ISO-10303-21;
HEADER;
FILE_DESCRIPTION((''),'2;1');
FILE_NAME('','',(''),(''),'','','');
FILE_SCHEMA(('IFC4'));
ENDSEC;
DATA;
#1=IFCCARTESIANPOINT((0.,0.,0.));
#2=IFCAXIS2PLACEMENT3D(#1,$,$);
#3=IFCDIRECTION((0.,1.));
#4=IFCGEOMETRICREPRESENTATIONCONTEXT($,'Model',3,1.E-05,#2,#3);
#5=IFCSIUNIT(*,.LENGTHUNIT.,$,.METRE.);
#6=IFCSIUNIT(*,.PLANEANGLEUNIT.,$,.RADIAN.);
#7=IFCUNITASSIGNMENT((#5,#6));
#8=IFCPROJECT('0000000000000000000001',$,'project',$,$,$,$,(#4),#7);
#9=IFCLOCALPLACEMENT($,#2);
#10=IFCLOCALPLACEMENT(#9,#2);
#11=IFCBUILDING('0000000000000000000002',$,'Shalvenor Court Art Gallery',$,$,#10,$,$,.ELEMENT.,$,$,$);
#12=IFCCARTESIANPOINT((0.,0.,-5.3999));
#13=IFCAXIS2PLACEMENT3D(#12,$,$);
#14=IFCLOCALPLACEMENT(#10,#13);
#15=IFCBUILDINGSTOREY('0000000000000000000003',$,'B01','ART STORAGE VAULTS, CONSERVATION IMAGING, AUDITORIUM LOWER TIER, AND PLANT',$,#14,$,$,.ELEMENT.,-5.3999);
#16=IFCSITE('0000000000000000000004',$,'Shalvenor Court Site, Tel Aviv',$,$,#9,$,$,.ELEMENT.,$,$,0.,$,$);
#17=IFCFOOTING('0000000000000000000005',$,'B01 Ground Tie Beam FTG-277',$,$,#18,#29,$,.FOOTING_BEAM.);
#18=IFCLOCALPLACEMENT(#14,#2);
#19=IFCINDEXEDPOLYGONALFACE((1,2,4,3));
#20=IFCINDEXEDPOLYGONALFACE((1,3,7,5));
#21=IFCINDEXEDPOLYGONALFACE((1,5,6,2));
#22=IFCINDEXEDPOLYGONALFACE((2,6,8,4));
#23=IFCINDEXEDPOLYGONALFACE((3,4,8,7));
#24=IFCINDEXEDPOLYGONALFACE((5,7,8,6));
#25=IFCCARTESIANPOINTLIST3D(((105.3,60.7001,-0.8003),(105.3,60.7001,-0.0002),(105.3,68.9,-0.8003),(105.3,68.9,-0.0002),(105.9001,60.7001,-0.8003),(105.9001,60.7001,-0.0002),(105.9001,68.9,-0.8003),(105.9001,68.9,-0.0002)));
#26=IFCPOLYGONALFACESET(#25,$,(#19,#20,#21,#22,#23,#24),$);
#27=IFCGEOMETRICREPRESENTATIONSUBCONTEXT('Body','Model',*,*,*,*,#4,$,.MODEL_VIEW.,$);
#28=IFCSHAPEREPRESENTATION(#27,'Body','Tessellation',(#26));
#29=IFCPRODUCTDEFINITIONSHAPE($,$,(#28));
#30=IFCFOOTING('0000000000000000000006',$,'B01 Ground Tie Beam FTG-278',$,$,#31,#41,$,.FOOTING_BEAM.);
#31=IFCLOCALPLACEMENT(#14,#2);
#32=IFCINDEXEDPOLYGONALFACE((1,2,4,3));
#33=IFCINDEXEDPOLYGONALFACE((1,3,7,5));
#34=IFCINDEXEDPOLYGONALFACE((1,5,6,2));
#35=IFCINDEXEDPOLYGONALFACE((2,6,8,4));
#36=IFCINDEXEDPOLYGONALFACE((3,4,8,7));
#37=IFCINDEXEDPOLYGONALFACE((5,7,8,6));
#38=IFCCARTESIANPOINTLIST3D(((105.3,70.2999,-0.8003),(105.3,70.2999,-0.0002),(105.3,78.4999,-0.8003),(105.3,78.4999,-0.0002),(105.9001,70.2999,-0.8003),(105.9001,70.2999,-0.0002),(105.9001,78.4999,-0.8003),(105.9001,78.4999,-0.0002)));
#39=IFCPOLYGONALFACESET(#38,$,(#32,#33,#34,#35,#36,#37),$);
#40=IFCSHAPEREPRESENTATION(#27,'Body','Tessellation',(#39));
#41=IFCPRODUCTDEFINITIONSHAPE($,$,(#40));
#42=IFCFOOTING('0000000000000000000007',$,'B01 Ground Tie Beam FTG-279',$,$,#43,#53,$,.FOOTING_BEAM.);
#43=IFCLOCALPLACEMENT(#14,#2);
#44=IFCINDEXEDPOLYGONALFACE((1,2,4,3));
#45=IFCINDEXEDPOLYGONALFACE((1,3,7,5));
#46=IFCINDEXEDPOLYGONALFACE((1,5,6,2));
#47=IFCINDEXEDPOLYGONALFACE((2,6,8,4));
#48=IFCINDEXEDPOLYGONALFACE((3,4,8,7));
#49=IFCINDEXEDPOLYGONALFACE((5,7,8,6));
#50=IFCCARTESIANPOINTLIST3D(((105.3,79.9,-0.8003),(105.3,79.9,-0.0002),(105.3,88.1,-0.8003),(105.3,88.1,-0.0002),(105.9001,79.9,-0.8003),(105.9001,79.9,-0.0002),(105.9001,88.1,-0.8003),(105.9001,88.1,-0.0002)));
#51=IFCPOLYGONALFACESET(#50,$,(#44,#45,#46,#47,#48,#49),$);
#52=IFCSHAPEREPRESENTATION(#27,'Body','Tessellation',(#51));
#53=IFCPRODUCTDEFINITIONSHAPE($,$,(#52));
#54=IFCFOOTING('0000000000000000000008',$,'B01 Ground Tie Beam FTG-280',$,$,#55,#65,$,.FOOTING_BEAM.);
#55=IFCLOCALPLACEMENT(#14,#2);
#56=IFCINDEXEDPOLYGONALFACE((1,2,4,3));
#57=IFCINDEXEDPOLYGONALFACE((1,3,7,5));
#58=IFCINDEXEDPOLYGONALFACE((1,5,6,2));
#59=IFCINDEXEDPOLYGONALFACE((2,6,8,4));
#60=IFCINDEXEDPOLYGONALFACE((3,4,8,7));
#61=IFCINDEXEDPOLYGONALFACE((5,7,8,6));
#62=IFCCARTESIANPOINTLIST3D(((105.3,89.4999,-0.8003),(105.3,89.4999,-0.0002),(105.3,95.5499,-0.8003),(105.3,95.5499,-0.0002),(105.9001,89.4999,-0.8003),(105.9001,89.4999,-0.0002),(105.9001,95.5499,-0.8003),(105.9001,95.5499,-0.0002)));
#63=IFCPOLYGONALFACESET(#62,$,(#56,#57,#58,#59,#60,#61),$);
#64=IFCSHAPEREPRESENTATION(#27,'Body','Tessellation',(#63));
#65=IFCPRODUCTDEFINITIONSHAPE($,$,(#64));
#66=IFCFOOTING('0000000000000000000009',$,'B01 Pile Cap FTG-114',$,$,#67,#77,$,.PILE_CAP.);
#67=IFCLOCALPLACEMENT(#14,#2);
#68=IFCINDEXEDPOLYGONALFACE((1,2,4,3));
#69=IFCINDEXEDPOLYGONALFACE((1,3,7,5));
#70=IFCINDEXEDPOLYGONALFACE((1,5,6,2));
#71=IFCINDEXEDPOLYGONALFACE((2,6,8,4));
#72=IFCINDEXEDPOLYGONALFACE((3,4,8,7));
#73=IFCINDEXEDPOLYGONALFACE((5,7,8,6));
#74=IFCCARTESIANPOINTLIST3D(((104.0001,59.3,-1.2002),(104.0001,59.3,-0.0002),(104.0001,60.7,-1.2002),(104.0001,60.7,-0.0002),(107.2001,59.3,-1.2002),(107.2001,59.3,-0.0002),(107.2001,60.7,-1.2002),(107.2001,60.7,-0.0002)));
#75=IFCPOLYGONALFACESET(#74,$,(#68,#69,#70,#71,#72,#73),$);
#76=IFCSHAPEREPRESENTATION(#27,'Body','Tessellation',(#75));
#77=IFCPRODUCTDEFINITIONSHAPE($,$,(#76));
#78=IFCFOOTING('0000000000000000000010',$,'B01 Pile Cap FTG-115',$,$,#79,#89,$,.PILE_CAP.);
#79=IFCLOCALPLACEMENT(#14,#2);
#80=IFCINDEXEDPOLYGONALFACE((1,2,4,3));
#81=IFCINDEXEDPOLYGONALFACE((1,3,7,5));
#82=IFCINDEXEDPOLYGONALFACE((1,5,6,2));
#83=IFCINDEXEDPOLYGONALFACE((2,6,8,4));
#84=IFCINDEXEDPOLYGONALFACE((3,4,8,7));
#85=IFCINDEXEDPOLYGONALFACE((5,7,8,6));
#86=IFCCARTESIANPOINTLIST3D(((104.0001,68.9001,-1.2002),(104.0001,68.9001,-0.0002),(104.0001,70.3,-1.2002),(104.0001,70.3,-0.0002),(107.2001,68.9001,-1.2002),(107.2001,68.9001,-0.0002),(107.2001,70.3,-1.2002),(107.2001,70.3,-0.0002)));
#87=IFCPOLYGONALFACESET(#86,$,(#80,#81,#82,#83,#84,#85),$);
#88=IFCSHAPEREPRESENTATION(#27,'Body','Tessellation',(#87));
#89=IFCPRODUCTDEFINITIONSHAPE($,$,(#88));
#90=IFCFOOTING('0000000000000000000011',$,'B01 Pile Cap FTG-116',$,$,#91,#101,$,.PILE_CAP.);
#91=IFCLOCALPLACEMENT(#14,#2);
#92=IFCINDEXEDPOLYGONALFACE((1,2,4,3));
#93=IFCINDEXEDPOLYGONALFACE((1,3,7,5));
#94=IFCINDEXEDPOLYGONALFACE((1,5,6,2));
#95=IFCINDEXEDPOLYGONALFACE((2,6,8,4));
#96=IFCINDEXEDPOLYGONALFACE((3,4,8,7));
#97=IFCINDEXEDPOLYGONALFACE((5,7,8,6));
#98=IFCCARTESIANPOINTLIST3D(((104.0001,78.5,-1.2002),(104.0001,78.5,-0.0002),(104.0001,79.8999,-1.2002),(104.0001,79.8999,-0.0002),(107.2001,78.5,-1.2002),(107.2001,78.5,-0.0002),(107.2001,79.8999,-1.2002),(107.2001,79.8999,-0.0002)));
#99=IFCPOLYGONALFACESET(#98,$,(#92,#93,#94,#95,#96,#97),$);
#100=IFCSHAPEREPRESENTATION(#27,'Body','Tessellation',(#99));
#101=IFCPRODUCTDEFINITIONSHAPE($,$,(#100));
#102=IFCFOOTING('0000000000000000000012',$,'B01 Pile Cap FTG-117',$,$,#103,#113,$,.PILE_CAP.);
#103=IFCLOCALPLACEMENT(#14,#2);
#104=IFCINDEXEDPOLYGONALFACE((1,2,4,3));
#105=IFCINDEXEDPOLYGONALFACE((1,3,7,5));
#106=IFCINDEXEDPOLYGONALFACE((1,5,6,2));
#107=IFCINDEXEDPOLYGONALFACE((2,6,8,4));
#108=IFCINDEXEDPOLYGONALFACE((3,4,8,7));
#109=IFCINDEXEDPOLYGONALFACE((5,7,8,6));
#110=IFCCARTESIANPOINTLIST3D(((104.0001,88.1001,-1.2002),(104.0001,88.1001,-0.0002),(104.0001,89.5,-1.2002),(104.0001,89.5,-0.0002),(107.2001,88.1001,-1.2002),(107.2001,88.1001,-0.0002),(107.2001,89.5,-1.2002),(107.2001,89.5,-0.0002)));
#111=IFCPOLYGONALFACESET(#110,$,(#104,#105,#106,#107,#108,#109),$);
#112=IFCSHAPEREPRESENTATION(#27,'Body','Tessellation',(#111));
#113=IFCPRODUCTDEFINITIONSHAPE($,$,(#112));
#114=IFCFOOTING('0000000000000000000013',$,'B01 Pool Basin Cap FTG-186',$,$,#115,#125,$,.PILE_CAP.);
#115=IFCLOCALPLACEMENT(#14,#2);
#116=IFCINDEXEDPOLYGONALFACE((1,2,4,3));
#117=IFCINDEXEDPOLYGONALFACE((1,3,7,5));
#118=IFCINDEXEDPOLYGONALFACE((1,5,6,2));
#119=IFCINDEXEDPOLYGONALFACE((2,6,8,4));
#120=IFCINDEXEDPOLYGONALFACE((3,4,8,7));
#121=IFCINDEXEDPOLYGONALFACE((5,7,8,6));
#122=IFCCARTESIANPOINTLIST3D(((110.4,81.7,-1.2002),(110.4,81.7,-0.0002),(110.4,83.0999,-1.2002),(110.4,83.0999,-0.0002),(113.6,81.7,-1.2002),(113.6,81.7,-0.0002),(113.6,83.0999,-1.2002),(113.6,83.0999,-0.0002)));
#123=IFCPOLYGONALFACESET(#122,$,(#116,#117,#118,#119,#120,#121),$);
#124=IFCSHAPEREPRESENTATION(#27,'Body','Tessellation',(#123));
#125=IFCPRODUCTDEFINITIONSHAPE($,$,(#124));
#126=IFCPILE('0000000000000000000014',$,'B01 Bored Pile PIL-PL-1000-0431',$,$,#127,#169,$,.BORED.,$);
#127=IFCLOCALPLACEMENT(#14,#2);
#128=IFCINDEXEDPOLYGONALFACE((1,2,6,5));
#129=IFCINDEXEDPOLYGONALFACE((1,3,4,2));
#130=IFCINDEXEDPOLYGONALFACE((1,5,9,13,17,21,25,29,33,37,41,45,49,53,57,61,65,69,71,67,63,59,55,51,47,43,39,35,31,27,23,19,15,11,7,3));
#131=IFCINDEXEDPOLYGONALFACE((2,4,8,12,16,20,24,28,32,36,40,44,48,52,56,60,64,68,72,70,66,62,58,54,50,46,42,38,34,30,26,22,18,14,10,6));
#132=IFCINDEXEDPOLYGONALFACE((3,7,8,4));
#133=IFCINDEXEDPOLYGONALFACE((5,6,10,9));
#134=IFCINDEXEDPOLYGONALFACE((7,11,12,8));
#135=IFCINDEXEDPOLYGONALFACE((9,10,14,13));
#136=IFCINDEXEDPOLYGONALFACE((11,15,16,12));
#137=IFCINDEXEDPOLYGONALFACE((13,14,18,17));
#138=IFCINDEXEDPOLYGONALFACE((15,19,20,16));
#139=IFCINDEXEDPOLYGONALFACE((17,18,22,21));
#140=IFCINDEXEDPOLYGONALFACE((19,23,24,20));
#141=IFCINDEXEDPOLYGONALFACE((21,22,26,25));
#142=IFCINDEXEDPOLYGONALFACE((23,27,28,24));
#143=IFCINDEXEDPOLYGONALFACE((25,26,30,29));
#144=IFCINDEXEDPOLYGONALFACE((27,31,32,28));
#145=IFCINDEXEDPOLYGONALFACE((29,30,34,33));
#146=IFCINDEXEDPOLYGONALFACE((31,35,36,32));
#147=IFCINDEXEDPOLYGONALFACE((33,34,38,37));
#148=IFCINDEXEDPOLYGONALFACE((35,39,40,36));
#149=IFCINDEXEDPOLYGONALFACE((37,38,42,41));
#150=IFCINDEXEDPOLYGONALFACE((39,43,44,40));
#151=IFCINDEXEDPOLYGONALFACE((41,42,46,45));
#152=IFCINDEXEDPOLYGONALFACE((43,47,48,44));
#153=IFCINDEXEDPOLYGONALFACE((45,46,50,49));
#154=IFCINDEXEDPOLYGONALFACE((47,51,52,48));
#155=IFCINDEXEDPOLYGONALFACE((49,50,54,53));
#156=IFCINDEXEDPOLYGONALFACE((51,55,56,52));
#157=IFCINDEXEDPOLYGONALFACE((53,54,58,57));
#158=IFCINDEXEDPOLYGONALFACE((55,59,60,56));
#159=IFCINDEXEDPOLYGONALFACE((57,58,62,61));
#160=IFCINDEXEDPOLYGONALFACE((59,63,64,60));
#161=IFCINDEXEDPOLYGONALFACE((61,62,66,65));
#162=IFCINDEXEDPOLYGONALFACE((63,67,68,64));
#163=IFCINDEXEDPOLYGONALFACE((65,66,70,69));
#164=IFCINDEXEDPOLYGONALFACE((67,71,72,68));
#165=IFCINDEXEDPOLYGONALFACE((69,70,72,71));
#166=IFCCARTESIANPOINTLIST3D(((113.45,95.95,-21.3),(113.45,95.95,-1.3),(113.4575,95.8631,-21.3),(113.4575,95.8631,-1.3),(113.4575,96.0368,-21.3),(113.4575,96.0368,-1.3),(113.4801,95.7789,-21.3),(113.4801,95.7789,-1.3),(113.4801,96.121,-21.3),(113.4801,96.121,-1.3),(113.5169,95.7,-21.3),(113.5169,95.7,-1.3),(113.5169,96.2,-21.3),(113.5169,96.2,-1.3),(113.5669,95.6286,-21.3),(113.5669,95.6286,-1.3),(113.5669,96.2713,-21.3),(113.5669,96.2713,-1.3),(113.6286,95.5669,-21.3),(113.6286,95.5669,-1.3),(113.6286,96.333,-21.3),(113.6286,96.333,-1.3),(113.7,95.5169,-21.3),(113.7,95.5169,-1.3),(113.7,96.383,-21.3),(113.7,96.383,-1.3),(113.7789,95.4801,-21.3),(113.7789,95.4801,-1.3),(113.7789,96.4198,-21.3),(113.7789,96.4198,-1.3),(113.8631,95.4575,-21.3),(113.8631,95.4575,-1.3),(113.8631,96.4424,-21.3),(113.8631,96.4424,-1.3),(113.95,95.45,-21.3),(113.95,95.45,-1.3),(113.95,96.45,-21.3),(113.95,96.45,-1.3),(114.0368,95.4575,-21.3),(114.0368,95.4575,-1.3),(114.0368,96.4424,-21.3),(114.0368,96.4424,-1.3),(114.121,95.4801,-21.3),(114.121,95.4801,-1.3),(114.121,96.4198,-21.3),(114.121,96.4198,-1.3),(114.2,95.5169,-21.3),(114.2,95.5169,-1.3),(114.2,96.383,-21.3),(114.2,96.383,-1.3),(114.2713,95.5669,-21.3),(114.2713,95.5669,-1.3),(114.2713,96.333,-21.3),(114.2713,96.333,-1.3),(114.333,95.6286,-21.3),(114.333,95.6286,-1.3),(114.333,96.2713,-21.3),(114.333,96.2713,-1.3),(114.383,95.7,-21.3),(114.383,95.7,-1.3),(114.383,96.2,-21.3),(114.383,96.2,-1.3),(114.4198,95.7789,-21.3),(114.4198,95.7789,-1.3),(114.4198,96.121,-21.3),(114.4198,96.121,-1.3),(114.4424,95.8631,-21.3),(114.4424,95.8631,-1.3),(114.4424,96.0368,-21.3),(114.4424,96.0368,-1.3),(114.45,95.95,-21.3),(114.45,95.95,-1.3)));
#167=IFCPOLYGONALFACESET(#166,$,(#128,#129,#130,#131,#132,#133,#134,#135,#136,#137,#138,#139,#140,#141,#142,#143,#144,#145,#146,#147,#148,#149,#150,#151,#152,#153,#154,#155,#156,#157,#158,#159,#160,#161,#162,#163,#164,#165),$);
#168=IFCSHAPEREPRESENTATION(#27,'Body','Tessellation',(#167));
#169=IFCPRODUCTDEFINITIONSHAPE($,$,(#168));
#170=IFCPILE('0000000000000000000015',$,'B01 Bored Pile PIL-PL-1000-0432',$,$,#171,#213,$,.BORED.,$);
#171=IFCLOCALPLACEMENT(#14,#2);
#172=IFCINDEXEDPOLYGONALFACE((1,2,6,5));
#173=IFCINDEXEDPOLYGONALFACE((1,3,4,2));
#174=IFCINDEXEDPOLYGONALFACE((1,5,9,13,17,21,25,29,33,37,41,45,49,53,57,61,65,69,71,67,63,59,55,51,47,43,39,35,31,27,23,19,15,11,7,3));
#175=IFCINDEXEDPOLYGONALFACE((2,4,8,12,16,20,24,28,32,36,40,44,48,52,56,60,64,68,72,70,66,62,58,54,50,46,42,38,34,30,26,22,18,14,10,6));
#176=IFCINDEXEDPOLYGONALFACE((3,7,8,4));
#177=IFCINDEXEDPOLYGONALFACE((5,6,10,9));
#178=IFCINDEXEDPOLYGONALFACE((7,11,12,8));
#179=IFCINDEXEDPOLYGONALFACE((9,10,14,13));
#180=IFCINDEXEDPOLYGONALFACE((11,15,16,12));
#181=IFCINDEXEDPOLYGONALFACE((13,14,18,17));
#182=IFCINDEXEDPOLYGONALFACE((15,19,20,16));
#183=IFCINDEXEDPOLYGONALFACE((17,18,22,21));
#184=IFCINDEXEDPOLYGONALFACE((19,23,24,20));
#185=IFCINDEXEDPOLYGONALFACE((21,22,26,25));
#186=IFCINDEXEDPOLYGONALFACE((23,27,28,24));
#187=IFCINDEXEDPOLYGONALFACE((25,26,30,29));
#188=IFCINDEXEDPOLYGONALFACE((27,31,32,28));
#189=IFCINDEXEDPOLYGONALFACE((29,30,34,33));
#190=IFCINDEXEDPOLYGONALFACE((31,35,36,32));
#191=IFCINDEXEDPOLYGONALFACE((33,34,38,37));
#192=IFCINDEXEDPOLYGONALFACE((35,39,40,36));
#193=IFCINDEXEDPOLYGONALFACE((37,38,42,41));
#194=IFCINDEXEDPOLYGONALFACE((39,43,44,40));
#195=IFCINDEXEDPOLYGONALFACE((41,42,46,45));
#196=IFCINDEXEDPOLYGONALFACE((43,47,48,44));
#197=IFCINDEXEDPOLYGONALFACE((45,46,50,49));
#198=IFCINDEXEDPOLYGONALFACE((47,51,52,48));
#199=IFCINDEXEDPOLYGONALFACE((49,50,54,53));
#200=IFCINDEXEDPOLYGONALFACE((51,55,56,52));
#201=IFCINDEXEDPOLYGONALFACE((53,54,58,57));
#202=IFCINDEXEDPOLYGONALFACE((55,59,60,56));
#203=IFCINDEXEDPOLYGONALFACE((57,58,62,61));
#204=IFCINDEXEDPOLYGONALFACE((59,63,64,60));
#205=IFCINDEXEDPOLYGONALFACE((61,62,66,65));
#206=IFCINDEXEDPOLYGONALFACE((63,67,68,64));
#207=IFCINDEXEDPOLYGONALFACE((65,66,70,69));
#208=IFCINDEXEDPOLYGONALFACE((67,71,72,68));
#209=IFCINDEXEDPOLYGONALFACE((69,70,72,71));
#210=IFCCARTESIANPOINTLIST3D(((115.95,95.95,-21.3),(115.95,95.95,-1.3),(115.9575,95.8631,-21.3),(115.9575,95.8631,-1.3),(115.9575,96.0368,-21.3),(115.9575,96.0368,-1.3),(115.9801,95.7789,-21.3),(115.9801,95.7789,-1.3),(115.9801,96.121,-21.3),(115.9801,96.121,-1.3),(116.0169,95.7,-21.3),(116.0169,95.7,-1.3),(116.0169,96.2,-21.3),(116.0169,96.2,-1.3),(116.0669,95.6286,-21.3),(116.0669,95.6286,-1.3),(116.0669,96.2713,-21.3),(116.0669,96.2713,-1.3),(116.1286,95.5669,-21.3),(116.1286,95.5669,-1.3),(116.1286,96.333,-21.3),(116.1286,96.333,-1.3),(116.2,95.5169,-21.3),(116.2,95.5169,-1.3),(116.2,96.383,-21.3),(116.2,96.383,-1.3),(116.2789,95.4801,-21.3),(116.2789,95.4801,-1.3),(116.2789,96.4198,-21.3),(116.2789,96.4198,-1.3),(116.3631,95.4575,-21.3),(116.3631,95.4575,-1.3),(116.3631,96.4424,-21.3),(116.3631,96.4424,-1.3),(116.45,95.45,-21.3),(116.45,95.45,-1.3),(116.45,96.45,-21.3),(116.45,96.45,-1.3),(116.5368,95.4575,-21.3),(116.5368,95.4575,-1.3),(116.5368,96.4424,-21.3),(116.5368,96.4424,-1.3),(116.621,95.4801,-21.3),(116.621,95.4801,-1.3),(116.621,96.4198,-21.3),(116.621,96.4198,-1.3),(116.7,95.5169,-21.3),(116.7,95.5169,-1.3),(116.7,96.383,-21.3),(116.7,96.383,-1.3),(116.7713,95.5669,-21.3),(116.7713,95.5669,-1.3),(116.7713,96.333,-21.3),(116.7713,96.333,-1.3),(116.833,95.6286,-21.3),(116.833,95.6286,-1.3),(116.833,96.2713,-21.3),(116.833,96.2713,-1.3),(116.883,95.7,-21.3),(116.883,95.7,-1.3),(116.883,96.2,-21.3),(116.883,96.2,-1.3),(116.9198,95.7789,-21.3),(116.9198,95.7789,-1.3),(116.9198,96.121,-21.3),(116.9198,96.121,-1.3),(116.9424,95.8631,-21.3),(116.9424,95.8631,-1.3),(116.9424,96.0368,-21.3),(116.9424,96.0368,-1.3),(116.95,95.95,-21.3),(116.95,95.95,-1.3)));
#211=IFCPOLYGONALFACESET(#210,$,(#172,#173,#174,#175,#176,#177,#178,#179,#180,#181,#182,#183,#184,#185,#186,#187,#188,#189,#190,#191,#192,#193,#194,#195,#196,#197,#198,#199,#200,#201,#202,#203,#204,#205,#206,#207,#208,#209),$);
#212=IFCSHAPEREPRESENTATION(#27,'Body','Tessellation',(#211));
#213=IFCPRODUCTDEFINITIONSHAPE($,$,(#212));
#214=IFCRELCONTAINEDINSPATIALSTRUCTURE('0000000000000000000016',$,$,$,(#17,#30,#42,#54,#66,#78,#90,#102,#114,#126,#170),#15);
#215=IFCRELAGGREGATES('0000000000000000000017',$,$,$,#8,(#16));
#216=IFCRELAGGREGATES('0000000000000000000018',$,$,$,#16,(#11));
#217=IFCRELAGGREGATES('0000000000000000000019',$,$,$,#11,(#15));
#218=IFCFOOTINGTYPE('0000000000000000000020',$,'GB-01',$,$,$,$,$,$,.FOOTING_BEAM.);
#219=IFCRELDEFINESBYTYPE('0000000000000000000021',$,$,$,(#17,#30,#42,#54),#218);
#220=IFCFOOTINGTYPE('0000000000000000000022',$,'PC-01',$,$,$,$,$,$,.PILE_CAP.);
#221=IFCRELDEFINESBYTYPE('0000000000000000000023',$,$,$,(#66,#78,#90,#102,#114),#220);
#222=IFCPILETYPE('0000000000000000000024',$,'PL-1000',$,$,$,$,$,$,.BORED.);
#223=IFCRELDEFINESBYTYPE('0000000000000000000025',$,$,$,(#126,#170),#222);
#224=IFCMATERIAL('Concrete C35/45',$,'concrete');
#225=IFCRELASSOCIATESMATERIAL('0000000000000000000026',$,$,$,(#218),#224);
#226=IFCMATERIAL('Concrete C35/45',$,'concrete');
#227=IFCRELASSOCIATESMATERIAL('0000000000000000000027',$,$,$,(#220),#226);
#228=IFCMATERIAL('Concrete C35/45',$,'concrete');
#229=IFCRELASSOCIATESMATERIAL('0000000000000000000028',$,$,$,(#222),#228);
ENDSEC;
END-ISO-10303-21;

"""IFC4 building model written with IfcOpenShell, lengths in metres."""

from ifc_helpers import new_model, si_unit, direction, frame, origin, origin_2d, place, context, subcontext, project, spatial, rectangle, circle, extrude, material, material_profile, profile_set, type_object, element, save


model = new_model("IFC4")

# Units and contexts
model_context = context("Model", 3, precision=1e-05, world=origin(), true_north=direction((0.0, 1.0)))
body_context = subcontext(model_context, "Body", "Model", "MODEL_VIEW")
ifc_project = project(units=[si_unit("LENGTHUNIT", "METRE"), si_unit("PLANEANGLEUNIT", "RADIAN")], contexts=[model_context])

# Site, building, storey
site_placement = place(None, origin())
site = spatial("IfcSite", under=ifc_project, at=site_placement, Name="Shalvenor Court Site, Tel Aviv", CompositionType="ELEMENT", RefElevation=0.0)
building_placement = place(site_placement, origin())
building = spatial("IfcBuilding", under=site, at=building_placement, Name="Shalvenor Court Art Gallery", CompositionType="ELEMENT")
storey_placement = place(building_placement, frame((0.0, 0.0, -5.3999)))
storey = spatial("IfcBuildingStorey", under=building, at=storey_placement, Name="B01", Description="ART STORAGE VAULTS, CONSERVATION IMAGING, AUDITORIUM LOWER TIER, AND PLANT", CompositionType="ELEMENT", Elevation=-5.3999)

# Footings
ifc_material_1 = material(Name="Concrete C35/45", Category="concrete")
footing_type_1 = type_object("IfcFootingType", Name="GB-01", PredefinedType="FOOTING_BEAM", material=ifc_material_1)
for number, where, z_axis, x_axis, name in (
    (1, (105.6001, 64.8, -0.8003), (0.0, 0.0, 1.0), (0.0, 1.0, 0.0), "B01 Ground Tie Beam FTG-277"),
    (2, (105.6001, 74.3999, -0.8003), (0.0, 0.0, 1.0), (0.0, 1.0, 0.0), "B01 Ground Tie Beam FTG-278"),
    (3, (105.6001, 84.0, -0.8003), (0.0, 0.0, 1.0), (0.0, 1.0, 0.0), "B01 Ground Tie Beam FTG-279"),
):
    element("IfcFooting", number, at=place(storey_placement, frame(where, z_axis=z_axis, x_axis=x_axis)), inside=storey, type_object=footing_type_1, Name=name, PredefinedType="FOOTING_BEAM", context=body_context, shape_type="SweptSolid", body=[
        extrude(rectangle(XDim=8.2, YDim=0.6001, at=origin_2d()), origin(), (0.0, 0.0, 1.0), 0.8),
    ])
footing_placement = place(storey_placement, frame((105.6001, 92.5249, -0.8003), z_axis=(0.0, 0.0, 1.0), x_axis=(0.0, 1.0, 0.0)))
element("IfcFooting", 4, at=footing_placement, inside=storey, type_object=footing_type_1, Name="B01 Ground Tie Beam FTG-280", PredefinedType="FOOTING_BEAM", context=body_context, shape_type="SweptSolid", body=[
    extrude(rectangle(XDim=6.05, YDim=0.6001, at=origin_2d()), origin(), (0.0, 0.0, 1.0), 0.8),
])
ifc_material_2 = material(Name="Concrete C35/45", Category="concrete")
footing_type_2 = type_object("IfcFootingType", Name="PC-01", PredefinedType="PILE_CAP", material=ifc_material_2)
for number, where, z_axis, x_axis, name in (
    (5, (105.6001, 60.0, -1.2002), (0.0, 0.0, 1.0), (1.0, 0.0, 0.0), "B01 Pile Cap FTG-114"),
    (6, (105.6001, 69.6001, -1.2002), (0.0, 0.0, 1.0), (1.0, 0.0, 0.0), "B01 Pile Cap FTG-115"),
    (7, (105.6001, 79.2, -1.2002), (0.0, 0.0, 1.0), (1.0, 0.0, 0.0), "B01 Pile Cap FTG-116"),
    (8, (105.6001, 88.8, -1.2002), (0.0, 0.0, 1.0), (1.0, 0.0, 0.0), "B01 Pile Cap FTG-117"),
    (9, (112.0, 82.3999, -1.2002), (0.0, 0.0, 1.0), (1.0, 0.0, 0.0), "B01 Pool Basin Cap FTG-186"),
):
    element("IfcFooting", number, at=place(storey_placement, frame(where, z_axis=z_axis, x_axis=x_axis)), inside=storey, type_object=footing_type_2, Name=name, PredefinedType="PILE_CAP", context=body_context, shape_type="SweptSolid", body=[
        extrude(rectangle(XDim=3.2, YDim=1.3999, at=origin_2d()), origin(), (0.0, 0.0, 1.0), 1.2),
    ])

# Piles
ifc_material_3 = material(Name="Concrete C35/45", Category="concrete")
ifc_material_profile_1 = material_profile(ifc_material_3, circle(Radius=0.5, at=origin_2d()), Name="PILE 1000")
ifc_profile_set_1 = profile_set([ifc_material_profile_1], Name="Concrete C35/45")
pile_type_1 = type_object("IfcPileType", Name="PL-1000", PredefinedType="BORED", material=ifc_profile_set_1)
for number, where, z_axis, x_axis, name in (
    (10, (113.95, 95.95, -1.3), (0.0, 0.0, -1.0), (1.0, 0.0, 0.0), "B01 Bored Pile PIL-PL-1000-0431"),
    (11, (116.45, 95.95, -1.3), (0.0, 0.0, -1.0), (1.0, 0.0, 0.0), "B01 Bored Pile PIL-PL-1000-0432"),
):
    element("IfcPile", number, at=place(storey_placement, frame(where, z_axis=z_axis, x_axis=x_axis)), inside=storey, type_object=pile_type_1, Name=name, PredefinedType="BORED", context=body_context, shape_type="SweptSolid", body=[
        extrude(circle(Radius=0.5, at=origin_2d()), origin(), (0.0, 0.0, 1.0), 20.0),
    ])

save(model, "model.ifc")
